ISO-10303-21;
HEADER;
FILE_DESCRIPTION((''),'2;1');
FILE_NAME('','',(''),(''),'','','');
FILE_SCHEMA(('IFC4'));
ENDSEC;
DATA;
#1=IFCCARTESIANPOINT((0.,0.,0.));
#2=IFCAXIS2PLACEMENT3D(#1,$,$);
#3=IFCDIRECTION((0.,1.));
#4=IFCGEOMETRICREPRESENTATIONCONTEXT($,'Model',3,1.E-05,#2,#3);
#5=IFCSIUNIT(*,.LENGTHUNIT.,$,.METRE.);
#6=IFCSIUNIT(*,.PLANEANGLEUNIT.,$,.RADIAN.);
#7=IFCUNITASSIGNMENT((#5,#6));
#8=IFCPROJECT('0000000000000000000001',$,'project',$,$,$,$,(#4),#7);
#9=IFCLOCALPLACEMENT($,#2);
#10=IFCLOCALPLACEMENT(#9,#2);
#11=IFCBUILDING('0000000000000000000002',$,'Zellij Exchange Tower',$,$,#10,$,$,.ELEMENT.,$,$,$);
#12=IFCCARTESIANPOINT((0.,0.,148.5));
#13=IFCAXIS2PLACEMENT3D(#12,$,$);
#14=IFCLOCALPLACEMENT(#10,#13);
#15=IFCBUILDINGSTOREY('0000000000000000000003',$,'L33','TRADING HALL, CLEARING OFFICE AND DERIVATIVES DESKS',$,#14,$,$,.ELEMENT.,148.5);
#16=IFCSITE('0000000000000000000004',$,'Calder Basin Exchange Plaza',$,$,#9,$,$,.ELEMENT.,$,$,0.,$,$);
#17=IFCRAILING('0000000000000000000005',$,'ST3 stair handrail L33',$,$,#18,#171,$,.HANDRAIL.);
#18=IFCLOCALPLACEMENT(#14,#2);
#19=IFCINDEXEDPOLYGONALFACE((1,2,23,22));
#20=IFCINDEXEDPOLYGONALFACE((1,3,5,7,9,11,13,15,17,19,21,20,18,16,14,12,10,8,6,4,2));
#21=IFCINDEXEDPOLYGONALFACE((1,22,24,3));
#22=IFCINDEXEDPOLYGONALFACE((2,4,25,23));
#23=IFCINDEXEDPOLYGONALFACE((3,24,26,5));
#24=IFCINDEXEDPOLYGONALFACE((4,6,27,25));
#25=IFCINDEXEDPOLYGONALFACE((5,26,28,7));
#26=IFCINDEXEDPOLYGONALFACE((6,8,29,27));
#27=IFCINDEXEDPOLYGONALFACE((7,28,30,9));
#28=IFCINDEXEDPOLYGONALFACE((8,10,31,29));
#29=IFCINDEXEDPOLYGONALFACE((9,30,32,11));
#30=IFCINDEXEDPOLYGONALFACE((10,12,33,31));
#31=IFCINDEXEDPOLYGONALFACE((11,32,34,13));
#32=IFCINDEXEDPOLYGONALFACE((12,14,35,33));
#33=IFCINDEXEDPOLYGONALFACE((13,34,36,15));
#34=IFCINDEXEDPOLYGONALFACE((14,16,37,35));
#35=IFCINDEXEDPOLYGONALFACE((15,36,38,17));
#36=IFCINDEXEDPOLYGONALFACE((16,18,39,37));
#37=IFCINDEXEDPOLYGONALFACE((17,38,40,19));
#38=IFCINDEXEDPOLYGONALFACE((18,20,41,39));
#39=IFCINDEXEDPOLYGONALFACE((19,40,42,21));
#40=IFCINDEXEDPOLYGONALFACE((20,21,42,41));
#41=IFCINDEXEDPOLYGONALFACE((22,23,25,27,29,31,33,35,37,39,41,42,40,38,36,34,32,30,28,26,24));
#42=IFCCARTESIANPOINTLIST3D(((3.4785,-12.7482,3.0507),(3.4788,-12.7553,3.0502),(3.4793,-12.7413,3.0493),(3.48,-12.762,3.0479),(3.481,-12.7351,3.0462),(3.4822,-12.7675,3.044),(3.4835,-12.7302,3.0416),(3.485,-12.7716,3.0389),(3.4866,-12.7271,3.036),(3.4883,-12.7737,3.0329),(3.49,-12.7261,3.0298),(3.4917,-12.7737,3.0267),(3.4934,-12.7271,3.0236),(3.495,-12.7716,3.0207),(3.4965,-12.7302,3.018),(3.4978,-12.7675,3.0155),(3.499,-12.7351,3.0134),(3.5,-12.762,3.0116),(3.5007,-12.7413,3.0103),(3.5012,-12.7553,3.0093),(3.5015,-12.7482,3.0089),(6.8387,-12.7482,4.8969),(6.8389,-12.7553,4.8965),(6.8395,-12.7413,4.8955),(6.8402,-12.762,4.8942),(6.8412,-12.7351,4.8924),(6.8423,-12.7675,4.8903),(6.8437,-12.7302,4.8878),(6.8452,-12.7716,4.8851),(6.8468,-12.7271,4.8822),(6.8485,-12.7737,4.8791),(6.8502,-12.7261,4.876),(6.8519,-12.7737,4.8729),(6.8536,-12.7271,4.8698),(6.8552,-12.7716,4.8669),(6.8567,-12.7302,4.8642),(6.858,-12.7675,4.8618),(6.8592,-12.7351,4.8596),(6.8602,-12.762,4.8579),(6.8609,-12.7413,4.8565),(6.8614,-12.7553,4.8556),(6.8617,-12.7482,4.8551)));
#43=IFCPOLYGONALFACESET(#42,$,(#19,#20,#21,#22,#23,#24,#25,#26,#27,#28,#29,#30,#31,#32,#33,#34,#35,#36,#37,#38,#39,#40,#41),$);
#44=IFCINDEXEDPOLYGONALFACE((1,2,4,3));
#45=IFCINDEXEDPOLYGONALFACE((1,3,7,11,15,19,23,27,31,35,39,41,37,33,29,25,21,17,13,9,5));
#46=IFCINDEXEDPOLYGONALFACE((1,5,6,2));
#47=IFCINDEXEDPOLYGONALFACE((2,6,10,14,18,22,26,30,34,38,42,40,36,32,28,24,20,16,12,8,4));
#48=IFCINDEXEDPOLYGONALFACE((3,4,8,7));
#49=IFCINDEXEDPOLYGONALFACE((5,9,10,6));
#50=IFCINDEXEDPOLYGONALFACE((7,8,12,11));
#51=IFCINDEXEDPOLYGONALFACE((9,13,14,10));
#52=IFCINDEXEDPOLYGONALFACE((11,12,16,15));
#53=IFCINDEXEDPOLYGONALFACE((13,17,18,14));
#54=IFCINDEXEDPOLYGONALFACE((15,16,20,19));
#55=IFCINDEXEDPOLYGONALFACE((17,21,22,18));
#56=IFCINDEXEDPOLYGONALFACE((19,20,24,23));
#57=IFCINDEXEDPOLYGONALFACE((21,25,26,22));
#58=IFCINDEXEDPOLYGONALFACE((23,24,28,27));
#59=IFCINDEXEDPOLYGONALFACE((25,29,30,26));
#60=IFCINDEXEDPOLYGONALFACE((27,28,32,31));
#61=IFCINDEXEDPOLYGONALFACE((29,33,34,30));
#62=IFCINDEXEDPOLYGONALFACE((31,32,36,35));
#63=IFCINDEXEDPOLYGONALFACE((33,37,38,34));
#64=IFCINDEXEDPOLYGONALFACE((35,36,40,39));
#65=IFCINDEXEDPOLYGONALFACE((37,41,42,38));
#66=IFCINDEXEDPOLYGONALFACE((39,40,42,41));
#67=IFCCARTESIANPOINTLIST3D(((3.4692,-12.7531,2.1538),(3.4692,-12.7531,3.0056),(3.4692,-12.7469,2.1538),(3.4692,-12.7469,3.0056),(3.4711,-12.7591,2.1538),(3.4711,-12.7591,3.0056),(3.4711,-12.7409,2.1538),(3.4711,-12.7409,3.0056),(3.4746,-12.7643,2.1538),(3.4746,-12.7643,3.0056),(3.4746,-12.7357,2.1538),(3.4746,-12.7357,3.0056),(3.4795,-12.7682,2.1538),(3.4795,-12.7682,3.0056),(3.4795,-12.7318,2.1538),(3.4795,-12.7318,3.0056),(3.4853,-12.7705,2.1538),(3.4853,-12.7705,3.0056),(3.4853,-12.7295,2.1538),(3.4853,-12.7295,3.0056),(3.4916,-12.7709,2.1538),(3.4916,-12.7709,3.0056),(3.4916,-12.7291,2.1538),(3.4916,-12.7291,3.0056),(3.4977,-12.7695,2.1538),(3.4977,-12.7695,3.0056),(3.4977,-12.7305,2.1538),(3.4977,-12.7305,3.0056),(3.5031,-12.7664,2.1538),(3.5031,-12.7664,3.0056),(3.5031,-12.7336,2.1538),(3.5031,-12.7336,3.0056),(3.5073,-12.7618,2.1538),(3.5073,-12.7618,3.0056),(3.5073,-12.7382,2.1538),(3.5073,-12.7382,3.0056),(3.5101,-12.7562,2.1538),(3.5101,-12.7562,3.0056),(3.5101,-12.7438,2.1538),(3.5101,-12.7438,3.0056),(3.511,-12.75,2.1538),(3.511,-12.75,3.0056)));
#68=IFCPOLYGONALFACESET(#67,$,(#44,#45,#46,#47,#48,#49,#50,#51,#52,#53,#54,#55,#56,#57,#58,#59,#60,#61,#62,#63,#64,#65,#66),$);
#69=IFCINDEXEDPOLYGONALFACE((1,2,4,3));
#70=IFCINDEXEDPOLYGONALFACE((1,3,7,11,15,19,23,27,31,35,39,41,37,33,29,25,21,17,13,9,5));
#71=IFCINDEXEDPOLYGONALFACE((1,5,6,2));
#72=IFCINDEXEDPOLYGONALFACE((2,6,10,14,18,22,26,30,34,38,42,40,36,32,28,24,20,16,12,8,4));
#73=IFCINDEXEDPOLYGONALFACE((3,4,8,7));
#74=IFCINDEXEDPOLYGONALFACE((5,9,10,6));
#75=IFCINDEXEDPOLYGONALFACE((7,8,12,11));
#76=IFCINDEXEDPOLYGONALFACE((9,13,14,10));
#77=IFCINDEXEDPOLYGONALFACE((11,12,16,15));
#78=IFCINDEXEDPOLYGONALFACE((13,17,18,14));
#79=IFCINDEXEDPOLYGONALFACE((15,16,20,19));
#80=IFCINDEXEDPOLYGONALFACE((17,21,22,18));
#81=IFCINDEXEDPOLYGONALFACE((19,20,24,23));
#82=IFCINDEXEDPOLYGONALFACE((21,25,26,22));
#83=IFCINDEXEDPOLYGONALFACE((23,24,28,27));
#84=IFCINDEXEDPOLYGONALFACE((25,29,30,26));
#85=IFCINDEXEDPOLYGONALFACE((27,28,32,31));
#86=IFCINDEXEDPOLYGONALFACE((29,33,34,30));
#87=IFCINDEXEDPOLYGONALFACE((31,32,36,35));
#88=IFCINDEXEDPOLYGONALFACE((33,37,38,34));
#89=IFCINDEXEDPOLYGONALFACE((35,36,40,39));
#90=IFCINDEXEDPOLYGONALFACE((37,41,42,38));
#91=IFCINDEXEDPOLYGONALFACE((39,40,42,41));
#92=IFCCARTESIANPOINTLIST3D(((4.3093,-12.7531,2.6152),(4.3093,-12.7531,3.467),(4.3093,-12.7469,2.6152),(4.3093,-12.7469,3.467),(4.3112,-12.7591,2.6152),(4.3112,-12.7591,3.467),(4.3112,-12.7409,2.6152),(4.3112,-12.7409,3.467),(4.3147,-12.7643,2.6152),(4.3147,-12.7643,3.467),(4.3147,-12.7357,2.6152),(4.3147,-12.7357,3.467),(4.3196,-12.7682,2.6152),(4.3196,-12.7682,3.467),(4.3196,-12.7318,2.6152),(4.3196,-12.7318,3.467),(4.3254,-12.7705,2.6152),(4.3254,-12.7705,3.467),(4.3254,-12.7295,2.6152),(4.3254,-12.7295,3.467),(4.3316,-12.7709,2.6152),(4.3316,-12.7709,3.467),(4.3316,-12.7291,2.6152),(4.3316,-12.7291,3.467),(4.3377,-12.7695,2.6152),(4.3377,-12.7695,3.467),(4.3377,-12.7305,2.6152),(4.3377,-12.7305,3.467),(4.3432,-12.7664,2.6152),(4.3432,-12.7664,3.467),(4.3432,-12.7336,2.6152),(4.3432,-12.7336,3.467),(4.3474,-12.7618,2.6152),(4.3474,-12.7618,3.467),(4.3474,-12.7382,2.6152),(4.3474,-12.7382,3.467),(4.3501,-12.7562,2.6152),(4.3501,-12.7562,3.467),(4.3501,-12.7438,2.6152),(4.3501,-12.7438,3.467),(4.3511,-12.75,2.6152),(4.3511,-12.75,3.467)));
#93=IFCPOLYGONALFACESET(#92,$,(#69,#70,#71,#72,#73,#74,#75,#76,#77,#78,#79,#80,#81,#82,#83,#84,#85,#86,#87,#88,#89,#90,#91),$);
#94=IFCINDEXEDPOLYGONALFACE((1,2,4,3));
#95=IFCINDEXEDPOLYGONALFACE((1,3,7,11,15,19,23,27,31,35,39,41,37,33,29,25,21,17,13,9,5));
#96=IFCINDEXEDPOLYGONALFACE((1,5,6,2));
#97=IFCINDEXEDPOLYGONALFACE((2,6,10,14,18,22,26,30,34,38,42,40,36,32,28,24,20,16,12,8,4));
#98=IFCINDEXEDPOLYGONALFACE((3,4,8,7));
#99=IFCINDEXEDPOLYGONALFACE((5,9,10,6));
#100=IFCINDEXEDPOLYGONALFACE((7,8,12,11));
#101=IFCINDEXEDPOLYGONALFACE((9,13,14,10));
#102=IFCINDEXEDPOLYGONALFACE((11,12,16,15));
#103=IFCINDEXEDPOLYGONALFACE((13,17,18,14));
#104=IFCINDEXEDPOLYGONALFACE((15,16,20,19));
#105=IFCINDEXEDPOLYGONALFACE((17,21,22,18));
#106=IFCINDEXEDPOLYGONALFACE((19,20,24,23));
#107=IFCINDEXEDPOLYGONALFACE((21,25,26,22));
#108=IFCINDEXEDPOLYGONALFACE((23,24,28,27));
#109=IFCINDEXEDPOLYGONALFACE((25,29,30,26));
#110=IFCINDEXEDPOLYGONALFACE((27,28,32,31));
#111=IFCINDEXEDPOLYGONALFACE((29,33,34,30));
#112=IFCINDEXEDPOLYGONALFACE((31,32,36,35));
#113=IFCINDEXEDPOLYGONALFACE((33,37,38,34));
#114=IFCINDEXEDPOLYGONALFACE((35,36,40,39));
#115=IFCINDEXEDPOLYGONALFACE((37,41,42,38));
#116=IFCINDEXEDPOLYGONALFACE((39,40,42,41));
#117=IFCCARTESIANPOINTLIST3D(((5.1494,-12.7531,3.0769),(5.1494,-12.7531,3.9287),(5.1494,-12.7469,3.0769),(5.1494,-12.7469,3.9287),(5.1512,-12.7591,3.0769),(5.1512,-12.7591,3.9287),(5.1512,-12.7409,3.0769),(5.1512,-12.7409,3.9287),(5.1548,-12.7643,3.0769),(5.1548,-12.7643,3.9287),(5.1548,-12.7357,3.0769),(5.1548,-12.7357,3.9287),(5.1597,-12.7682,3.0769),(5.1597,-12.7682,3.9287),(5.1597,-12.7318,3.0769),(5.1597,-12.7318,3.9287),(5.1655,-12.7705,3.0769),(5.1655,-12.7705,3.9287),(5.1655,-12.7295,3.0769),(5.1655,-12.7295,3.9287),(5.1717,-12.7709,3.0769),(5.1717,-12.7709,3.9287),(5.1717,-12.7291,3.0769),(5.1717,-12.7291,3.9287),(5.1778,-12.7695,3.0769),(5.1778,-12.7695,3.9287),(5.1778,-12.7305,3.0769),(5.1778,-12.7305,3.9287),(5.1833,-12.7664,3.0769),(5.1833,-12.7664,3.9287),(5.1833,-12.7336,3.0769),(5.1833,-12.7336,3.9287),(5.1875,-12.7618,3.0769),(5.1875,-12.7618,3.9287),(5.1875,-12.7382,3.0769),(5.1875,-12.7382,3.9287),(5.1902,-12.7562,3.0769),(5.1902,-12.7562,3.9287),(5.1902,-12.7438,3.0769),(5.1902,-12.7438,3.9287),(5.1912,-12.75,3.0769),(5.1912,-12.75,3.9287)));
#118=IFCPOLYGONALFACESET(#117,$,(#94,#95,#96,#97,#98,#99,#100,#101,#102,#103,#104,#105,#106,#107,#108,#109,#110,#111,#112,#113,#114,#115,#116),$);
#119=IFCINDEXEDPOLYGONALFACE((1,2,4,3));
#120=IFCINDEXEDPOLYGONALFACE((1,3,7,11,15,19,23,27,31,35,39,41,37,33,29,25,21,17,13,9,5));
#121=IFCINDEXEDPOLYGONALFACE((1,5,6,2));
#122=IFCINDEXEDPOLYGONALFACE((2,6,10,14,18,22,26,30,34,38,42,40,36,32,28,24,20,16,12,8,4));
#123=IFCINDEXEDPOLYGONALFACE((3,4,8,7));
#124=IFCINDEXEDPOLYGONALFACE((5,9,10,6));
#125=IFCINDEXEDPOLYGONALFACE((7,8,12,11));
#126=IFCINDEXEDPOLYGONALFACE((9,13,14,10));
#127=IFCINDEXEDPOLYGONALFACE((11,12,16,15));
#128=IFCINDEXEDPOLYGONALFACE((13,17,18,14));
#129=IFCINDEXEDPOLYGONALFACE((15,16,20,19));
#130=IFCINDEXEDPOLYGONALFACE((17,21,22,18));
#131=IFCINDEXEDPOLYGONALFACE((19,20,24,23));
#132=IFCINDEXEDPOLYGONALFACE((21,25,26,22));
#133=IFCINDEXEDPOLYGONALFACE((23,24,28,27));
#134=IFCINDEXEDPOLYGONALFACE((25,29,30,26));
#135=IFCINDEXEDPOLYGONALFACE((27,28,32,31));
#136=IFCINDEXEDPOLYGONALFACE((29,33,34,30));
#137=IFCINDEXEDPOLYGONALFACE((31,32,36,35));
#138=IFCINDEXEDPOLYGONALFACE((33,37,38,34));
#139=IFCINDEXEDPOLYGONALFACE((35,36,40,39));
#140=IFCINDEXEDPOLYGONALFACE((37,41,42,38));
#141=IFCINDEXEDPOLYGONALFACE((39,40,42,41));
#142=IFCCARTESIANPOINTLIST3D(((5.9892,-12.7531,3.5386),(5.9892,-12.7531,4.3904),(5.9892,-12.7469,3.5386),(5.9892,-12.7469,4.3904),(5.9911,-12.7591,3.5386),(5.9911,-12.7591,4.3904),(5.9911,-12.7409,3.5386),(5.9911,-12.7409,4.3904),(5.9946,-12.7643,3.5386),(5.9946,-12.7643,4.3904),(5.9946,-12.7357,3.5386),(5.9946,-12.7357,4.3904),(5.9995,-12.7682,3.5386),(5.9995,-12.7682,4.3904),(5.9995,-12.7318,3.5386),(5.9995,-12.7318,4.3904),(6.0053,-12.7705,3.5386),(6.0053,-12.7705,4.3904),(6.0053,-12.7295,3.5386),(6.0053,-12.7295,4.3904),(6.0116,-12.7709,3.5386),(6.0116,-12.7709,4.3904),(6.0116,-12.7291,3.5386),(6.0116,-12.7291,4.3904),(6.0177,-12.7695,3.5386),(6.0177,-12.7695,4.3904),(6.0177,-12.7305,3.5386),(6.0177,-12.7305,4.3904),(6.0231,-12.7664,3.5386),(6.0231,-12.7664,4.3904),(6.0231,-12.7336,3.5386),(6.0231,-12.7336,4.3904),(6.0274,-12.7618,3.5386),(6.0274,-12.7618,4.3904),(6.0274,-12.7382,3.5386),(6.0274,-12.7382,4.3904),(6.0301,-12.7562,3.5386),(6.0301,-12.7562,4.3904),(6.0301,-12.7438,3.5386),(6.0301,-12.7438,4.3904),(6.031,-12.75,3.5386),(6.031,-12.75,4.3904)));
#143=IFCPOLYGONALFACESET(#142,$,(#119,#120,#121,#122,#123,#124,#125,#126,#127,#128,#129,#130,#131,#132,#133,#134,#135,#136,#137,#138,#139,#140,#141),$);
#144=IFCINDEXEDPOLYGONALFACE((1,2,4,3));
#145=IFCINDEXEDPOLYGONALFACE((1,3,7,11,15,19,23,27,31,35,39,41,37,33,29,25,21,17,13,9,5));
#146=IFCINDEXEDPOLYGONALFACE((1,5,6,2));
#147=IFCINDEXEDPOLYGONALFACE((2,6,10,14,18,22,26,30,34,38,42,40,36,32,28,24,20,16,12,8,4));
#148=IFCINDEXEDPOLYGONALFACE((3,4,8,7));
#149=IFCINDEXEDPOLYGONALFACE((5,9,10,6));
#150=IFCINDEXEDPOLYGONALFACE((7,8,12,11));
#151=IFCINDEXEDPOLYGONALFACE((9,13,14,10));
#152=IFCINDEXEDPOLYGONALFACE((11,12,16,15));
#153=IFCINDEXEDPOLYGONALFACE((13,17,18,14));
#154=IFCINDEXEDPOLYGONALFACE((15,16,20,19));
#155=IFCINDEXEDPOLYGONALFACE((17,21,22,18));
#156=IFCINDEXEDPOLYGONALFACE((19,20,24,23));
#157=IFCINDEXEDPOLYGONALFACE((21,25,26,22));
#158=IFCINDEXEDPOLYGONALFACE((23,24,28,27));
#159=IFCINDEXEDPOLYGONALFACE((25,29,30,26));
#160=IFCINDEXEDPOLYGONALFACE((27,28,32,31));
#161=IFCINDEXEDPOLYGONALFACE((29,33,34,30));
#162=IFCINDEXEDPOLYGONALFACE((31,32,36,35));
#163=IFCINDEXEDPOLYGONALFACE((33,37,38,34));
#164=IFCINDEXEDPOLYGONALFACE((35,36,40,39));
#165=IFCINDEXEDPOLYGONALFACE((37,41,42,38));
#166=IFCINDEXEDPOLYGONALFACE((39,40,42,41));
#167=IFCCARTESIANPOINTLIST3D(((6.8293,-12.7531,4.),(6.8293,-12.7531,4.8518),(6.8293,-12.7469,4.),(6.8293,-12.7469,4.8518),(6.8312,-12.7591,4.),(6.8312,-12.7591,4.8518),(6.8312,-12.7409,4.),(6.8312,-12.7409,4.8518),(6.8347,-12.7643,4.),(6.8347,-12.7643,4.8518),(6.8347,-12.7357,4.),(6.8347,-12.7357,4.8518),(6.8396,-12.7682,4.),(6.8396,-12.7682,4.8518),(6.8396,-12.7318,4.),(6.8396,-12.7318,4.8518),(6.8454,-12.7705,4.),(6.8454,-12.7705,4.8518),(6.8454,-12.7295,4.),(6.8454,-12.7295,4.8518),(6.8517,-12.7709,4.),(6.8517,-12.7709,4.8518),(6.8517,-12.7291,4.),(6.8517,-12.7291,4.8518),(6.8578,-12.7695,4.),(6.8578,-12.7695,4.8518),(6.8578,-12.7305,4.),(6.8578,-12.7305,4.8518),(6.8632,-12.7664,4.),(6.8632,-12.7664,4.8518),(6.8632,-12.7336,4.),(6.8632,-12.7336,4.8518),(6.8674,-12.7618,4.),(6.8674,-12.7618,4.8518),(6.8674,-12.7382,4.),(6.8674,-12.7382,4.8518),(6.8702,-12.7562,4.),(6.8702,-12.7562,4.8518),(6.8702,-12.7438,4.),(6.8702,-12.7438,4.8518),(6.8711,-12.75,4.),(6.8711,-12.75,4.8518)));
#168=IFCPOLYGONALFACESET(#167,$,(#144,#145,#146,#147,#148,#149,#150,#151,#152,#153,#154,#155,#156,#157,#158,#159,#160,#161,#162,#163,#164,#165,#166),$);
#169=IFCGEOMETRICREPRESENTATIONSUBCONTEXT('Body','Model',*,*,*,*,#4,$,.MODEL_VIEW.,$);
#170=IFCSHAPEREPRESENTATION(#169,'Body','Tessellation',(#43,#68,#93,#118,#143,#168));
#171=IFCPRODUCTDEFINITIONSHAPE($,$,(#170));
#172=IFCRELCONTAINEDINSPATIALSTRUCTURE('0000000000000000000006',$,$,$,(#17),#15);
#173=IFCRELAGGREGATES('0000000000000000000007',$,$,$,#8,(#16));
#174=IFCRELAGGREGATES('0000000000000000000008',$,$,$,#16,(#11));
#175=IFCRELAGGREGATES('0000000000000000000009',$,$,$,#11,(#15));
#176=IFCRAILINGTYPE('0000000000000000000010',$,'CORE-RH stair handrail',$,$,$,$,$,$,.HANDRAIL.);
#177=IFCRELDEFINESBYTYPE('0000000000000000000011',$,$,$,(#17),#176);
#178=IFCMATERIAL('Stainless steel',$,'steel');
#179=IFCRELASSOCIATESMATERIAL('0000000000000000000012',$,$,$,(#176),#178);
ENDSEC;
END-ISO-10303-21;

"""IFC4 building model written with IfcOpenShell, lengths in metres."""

from ifc_helpers import new_model, si_unit, direction, frame, origin, origin_2d, place, context, subcontext, project, spatial, circle, extrude, material, type_object, element, save


model = new_model("IFC4")

# Units and contexts
model_context = context("Model", 3, precision=1e-05, world=origin(), true_north=direction((0.0, 1.0)))
body_context = subcontext(model_context, "Body", "Model", "MODEL_VIEW")
ifc_project = project(units=[si_unit("LENGTHUNIT", "METRE"), si_unit("PLANEANGLEUNIT", "RADIAN")], contexts=[model_context])

# Site, building, storey
site_placement = place(None, origin())
site = spatial("IfcSite", under=ifc_project, at=site_placement, Name="Calder Basin Exchange Plaza", CompositionType="ELEMENT", RefElevation=0.0)
building_placement = place(site_placement, origin())
building = spatial("IfcBuilding", under=site, at=building_placement, Name="Zellij Exchange Tower", CompositionType="ELEMENT")
storey_placement = place(building_placement, frame((0.0, 0.0, 148.5)))
storey = spatial("IfcBuildingStorey", under=building, at=storey_placement, Name="L33", Description="TRADING HALL, CLEARING OFFICE AND DERIVATIVES DESKS", CompositionType="ELEMENT", Elevation=148.5)

# Railing
ifc_material_1 = material(Name="Stainless steel", Category="steel")
railing_type_1 = type_object("IfcRailingType", Name="CORE-RH stair handrail", PredefinedType="HANDRAIL", material=ifc_material_1)
railing_1_placement = place(storey_placement, frame((3.49, -12.75, 2.1538)))
element("IfcRailing", 1, at=railing_1_placement, inside=storey, type_object=railing_type_1, Name="ST3 stair handrail L33", PredefinedType="HANDRAIL", context=body_context, shape_type="SweptSolid", body=[
    extrude(circle(Radius=0.0239, at=origin_2d()), frame((0.0, 0.0, 0.876), z_axis=(0.876422, 0.0, 0.481545), x_axis=(0.0, 1.0, 0.0)), (0.0, 0.0, 1.0), 3.834),
    extrude(circle(Radius=0.021, at=origin_2d()), origin(), (0.0, 0.0, 1.0), 0.8518),
    extrude(circle(Radius=0.021, at=origin_2d()), frame((0.8401, 0.0, 0.4614)), (0.0, 0.0, 1.0), 0.8518),
    extrude(circle(Radius=0.021, at=origin_2d()), frame((1.6802, 0.0, 0.9231)), (0.0, 0.0, 1.0), 0.8518),
    extrude(circle(Radius=0.021, at=origin_2d()), frame((2.52, 0.0, 1.3848)), (0.0, 0.0, 1.0), 0.8518),
    extrude(circle(Radius=0.021, at=origin_2d()), frame((3.3601, 0.0, 1.8462)), (0.0, 0.0, 1.0), 0.8518),
])

save(model, "model.ifc")
